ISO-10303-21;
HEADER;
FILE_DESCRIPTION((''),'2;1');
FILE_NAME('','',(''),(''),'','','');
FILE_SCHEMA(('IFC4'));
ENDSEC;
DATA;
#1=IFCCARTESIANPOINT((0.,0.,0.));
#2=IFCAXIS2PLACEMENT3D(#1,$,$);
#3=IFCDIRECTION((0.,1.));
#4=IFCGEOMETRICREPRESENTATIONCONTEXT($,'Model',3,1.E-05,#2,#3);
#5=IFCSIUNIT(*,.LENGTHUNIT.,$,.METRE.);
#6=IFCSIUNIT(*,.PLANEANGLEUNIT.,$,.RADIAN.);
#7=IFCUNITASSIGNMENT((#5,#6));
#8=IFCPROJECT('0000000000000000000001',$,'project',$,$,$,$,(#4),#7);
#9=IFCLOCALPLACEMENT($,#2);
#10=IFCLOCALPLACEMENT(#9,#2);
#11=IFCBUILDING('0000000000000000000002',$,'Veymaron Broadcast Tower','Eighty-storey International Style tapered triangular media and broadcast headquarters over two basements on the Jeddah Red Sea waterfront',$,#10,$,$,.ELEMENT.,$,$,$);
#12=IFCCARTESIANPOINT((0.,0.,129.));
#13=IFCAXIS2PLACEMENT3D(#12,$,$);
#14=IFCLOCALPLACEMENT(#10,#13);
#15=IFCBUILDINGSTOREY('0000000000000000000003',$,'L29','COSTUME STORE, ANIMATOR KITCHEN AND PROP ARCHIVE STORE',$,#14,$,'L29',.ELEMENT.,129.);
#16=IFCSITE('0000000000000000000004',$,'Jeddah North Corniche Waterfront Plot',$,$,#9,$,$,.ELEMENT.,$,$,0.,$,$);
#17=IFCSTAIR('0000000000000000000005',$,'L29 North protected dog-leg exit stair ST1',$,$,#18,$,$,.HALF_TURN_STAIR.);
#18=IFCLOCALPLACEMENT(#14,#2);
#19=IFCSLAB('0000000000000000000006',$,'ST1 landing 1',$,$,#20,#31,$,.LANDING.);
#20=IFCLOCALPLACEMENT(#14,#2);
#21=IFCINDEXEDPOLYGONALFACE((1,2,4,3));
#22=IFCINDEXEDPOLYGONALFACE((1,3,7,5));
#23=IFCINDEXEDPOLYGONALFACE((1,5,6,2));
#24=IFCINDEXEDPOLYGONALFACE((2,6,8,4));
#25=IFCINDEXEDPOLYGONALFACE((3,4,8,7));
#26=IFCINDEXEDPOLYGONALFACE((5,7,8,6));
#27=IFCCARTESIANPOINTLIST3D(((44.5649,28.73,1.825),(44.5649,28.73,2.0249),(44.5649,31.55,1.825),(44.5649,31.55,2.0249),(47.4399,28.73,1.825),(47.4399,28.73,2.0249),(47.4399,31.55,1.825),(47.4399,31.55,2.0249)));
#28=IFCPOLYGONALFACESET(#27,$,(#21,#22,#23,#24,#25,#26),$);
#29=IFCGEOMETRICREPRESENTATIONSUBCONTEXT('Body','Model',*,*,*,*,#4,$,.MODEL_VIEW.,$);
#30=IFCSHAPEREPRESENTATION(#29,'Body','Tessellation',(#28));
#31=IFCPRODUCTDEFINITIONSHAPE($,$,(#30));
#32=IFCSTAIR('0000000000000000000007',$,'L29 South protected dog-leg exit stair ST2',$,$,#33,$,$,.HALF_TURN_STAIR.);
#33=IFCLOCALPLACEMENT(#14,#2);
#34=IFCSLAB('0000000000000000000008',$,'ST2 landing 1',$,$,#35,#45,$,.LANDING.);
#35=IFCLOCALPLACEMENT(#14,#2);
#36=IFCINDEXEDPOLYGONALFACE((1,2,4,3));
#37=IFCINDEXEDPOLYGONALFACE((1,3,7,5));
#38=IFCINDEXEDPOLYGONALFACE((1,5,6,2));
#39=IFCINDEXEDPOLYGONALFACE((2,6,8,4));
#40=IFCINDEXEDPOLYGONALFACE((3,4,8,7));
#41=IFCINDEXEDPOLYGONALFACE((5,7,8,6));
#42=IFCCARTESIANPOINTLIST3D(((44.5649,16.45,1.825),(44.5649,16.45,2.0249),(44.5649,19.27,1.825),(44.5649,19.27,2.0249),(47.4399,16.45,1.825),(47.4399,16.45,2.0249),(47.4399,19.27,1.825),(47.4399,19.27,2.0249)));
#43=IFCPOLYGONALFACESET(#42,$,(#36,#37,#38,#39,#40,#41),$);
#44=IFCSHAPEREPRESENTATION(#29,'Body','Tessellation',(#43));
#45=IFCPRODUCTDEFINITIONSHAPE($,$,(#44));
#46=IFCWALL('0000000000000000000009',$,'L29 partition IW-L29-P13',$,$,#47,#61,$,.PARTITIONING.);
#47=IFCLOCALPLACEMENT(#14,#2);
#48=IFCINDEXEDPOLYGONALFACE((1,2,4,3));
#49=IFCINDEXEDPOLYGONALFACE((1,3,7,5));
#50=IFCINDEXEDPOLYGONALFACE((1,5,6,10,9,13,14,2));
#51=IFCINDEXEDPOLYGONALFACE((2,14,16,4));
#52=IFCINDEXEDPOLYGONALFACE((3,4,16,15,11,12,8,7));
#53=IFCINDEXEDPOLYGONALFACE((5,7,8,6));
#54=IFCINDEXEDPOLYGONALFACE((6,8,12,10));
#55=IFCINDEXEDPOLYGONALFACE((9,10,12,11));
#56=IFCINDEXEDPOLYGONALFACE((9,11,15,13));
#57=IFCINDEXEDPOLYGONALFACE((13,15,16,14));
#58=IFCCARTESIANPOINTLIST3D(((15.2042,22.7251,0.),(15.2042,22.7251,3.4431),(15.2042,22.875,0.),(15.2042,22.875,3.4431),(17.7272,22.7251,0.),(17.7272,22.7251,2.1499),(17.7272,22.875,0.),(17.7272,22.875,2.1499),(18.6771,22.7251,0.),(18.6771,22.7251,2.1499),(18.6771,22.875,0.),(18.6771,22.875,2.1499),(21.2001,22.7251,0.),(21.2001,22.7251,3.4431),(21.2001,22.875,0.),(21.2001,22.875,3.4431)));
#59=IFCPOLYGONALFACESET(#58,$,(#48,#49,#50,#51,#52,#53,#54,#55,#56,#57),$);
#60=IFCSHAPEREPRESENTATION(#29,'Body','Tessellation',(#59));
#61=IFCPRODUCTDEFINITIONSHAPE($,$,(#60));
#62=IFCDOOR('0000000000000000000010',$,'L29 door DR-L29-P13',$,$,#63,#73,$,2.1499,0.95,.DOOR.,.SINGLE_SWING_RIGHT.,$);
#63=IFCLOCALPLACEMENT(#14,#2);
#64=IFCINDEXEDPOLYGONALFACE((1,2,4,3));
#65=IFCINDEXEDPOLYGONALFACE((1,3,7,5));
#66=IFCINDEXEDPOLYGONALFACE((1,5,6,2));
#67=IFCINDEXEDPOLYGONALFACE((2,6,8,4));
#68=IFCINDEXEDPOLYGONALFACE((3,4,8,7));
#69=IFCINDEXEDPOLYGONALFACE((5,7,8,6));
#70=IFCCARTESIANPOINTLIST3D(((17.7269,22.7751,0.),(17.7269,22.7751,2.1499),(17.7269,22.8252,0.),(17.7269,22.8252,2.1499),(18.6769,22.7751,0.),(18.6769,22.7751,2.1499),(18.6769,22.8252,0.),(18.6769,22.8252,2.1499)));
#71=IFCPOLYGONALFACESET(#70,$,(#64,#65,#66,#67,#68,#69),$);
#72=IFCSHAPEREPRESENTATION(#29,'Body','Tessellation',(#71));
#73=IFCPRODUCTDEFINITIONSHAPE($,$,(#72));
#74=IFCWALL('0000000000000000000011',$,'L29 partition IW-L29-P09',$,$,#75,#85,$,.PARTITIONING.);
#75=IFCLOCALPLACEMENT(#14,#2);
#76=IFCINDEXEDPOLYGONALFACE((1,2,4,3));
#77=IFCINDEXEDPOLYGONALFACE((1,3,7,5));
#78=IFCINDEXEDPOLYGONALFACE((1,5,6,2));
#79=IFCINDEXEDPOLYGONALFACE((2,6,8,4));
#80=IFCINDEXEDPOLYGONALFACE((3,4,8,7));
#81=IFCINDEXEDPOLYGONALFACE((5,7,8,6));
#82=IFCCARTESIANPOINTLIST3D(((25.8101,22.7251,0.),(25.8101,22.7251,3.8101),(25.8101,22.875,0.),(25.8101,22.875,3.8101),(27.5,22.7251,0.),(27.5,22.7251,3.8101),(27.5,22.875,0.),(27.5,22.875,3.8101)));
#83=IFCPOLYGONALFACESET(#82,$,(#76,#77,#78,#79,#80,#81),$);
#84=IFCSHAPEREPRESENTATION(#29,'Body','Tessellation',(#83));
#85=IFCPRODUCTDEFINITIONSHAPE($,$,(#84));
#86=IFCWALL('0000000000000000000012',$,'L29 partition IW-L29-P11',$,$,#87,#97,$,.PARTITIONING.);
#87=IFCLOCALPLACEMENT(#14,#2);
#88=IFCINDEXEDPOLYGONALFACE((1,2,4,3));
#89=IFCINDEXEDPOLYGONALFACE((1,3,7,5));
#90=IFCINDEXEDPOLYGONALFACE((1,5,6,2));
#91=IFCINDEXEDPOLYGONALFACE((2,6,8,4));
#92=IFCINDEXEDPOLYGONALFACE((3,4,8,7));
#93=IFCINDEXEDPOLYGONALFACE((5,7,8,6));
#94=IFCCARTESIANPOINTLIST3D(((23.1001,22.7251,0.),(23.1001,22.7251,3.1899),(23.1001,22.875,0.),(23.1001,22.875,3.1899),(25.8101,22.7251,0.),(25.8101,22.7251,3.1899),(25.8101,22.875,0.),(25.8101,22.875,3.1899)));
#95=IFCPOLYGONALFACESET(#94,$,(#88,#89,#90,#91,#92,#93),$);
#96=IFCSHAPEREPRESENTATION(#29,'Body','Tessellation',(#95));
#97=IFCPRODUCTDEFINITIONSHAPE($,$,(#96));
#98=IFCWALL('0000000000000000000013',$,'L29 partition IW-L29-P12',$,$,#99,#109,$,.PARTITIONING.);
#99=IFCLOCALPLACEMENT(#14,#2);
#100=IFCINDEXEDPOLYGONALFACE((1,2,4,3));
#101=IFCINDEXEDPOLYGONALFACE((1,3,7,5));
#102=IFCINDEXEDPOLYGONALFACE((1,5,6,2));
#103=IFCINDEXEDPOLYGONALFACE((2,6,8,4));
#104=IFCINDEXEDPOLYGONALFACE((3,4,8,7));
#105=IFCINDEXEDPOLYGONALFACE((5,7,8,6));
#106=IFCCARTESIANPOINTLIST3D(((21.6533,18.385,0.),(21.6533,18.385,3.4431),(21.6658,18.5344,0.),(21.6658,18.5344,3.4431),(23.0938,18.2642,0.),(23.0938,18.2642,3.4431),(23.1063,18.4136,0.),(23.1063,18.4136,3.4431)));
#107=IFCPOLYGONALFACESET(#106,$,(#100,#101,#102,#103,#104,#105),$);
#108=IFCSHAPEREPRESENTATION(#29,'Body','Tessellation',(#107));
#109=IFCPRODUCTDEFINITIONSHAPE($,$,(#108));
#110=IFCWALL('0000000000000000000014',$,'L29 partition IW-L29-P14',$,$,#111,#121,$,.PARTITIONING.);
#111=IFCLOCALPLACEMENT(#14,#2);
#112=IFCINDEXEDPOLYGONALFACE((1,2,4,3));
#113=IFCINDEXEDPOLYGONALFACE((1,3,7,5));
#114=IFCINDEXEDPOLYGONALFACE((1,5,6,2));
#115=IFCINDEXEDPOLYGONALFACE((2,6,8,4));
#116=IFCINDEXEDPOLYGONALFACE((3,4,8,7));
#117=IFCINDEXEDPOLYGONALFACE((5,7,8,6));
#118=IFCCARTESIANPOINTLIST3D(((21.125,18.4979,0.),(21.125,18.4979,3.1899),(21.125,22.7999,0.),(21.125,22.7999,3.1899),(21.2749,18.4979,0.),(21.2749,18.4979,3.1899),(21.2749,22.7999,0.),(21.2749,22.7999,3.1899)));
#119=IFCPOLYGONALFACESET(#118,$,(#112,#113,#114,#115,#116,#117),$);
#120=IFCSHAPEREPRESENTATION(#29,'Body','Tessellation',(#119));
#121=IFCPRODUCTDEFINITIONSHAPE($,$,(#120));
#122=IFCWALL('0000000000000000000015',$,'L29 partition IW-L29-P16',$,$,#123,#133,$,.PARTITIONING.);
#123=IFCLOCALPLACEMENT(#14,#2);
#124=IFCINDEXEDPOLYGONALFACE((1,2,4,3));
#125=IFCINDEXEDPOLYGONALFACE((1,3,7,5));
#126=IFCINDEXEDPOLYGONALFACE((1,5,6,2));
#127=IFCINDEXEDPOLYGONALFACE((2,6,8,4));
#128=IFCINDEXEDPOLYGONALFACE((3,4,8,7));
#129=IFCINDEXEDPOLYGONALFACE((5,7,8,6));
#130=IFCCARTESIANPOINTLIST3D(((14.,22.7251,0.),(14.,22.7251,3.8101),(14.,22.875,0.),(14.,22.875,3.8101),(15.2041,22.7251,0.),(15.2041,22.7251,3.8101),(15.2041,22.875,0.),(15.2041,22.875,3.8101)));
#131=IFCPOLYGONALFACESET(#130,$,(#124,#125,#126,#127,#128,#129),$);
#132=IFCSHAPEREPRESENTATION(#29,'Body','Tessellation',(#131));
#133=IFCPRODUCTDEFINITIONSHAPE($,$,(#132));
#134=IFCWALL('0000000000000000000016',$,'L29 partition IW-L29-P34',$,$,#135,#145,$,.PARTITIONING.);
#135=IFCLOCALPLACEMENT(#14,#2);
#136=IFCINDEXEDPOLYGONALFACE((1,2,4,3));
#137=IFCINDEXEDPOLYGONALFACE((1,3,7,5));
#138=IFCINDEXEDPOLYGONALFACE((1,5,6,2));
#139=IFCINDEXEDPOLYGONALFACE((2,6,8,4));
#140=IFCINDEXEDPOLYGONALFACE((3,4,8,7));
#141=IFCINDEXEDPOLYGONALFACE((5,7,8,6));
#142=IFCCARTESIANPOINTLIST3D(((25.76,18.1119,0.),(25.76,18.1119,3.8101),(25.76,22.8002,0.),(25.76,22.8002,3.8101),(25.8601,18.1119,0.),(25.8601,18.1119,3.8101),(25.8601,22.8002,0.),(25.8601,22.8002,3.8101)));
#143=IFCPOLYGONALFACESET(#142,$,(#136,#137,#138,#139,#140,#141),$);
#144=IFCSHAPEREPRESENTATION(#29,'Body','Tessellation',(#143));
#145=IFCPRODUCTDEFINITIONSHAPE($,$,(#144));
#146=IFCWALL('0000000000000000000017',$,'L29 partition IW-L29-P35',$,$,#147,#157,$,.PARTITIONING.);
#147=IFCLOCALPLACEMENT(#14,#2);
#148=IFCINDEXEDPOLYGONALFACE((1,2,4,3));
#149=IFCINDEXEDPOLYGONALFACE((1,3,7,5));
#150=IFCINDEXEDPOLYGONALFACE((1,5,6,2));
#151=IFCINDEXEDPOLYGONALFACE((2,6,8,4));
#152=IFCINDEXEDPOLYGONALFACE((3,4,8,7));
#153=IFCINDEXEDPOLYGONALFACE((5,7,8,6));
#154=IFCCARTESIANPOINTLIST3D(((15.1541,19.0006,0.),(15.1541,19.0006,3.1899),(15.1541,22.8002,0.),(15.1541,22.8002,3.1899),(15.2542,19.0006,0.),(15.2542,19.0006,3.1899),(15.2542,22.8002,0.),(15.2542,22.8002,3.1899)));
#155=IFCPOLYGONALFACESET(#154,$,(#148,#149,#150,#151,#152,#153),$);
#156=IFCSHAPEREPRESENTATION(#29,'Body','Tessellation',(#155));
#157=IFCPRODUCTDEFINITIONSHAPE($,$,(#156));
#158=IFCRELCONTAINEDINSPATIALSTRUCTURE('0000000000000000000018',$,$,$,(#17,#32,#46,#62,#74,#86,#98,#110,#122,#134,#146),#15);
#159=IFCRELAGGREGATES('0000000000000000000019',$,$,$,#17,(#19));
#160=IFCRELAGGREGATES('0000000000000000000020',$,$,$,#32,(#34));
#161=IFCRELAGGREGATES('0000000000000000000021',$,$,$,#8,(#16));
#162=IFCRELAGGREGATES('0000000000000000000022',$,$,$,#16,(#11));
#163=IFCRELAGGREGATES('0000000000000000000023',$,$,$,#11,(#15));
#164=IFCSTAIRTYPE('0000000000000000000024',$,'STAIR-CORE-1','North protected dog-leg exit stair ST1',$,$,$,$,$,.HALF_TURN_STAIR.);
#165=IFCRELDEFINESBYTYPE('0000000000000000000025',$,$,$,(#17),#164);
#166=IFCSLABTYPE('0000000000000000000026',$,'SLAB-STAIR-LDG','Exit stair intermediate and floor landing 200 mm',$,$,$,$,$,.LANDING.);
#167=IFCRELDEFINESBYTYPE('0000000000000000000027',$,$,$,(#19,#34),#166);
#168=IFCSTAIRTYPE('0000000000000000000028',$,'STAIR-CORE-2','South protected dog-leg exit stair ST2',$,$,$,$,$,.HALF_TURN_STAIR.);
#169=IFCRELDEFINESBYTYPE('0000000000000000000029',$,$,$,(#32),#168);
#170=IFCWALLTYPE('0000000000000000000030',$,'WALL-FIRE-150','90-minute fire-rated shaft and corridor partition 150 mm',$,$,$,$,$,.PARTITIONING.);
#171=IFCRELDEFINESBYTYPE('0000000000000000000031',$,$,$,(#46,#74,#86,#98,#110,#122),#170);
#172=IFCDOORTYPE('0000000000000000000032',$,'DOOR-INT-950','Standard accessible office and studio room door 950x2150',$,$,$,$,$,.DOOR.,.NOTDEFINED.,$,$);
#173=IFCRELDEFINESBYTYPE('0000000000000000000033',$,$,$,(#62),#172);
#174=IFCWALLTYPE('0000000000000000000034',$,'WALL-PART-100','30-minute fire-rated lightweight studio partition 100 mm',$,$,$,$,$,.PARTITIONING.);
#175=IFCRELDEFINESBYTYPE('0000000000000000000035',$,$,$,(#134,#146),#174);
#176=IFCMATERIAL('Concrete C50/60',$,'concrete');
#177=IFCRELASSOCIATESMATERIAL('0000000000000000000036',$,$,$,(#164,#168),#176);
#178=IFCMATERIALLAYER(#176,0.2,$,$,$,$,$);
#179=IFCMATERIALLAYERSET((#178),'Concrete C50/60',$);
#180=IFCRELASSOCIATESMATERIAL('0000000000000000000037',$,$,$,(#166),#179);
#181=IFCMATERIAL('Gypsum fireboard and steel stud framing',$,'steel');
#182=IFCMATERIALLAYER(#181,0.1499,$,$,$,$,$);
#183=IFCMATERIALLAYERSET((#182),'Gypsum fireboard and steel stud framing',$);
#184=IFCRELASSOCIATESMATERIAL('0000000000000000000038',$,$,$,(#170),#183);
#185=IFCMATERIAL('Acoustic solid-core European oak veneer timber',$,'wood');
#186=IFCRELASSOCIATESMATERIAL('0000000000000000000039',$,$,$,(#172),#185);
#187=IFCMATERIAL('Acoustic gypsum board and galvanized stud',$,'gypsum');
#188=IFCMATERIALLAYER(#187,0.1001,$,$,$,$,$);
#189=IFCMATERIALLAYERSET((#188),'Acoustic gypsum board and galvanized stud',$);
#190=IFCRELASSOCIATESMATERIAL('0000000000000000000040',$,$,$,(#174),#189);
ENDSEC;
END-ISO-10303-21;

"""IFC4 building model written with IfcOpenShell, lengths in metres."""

from ifc_helpers import new_model, si_unit, direction, frame, frame_2d, origin, place, context, subcontext, project, spatial, polyline, rectangle, outline, extrude, material, layer, layer_set, type_object, element, fill, aggregate, save


model = new_model("IFC4")

# Units and contexts
model_context = context("Model", 3, precision=1e-05, world=origin(), true_north=direction((0.0, 1.0)))
body_context = subcontext(model_context, "Body", "Model", "MODEL_VIEW")
ifc_project = project(units=[si_unit("LENGTHUNIT", "METRE"), si_unit("PLANEANGLEUNIT", "RADIAN")], contexts=[model_context])

# Site, building, storey
site_placement = place(None, origin())
site = spatial("IfcSite", under=ifc_project, at=site_placement, Name="Jeddah North Corniche Waterfront Plot", CompositionType="ELEMENT", RefElevation=0.0)
building_placement = place(site_placement, origin())
building = spatial("IfcBuilding", under=site, at=building_placement, Name="Veymaron Broadcast Tower", Description="Eighty-storey International Style tapered triangular media and broadcast headquarters over two basements on the Jeddah Red Sea waterfront", CompositionType="ELEMENT")
storey_placement = place(building_placement, frame((0.0, 0.0, 129.0)))
storey = spatial("IfcBuildingStorey", under=building, at=storey_placement, Name="L29", Description="COSTUME STORE, ANIMATOR KITCHEN AND PROP ARCHIVE STORE", LongName="L29", CompositionType="ELEMENT", Elevation=129.0)

# Stairs, slabs
ifc_material_1 = material(Name="Concrete C50/60", Category="concrete")
stair_type_1 = type_object("IfcStairType", Name="STAIR-CORE-1", Description="North protected dog-leg exit stair ST1", PredefinedType="HALF_TURN_STAIR", material=ifc_material_1)
stair_1_placement = place(storey_placement, origin())
stair_1 = element("IfcStair", 1, at=stair_1_placement, inside=storey, type_object=stair_type_1, Name="L29 North protected dog-leg exit stair ST1", PredefinedType="HALF_TURN_STAIR")
ifc_layer_1 = layer(ifc_material_1, 0.2)
ifc_layer_set_1 = layer_set([ifc_layer_1], Name="Concrete C50/60")
slab_type_1 = type_object("IfcSlabType", Name="SLAB-STAIR-LDG", Description="Exit stair intermediate and floor landing 200 mm", PredefinedType="LANDING", material=ifc_layer_set_1)
slab_1_placement = place(storey_placement, frame((0.0, 0.0, 1.825)))
slab_1 = element("IfcSlab", 2, at=slab_1_placement, type_object=slab_type_1, Name="ST1 landing 1", PredefinedType="LANDING", context=body_context, shape_type="SweptSolid", body=[
    extrude(outline(polyline([(44.5649, 28.73), (47.4399, 28.73), (47.4399, 31.55), (44.5649, 31.55), (44.5649, 28.73)])), origin(), (0.0, 0.0, 1.0), 0.2),
])
aggregate(stair_1, [slab_1])
stair_type_2 = type_object("IfcStairType", Name="STAIR-CORE-2", Description="South protected dog-leg exit stair ST2", PredefinedType="HALF_TURN_STAIR", material=ifc_material_1)
stair_2_placement = place(storey_placement, origin())
stair_2 = element("IfcStair", 3, at=stair_2_placement, inside=storey, type_object=stair_type_2, Name="L29 South protected dog-leg exit stair ST2", PredefinedType="HALF_TURN_STAIR")
slab_2_placement = place(storey_placement, frame((0.0, 0.0, 1.825)))
slab_2 = element("IfcSlab", 4, at=slab_2_placement, type_object=slab_type_1, Name="ST2 landing 1", PredefinedType="LANDING", context=body_context, shape_type="SweptSolid", body=[
    extrude(outline(polyline([(44.5649, 16.45), (47.4399, 16.45), (47.4399, 19.27), (44.5649, 19.27), (44.5649, 16.45)])), origin(), (0.0, 0.0, 1.0), 0.2),
])
aggregate(stair_2, [slab_2])

# Wall, opening, door
ifc_material_2 = material(Name="Gypsum fireboard and steel stud framing", Category="steel")
ifc_layer_2 = layer(ifc_material_2, 0.1499)
ifc_layer_set_2 = layer_set([ifc_layer_2], Name="Gypsum fireboard and steel stud framing")
wall_type_1 = type_object("IfcWallType", Name="WALL-FIRE-150", Description="90-minute fire-rated shaft and corridor partition 150 mm", PredefinedType="PARTITIONING", material=ifc_layer_set_2)
ifc_material_3 = material(Name="Acoustic solid-core European oak veneer timber", Category="wood")
door_type = type_object("IfcDoorType", Name="DOOR-INT-950", Description="Standard accessible office and studio room door 950x2150", OperationType="NOTDEFINED", PredefinedType="DOOR", material=ifc_material_3)
wall_1_placement = place(storey_placement, frame((15.2041, 22.8, 0.0), z_axis=(0.0, 0.0, 1.0), x_axis=(1.0, 0.0, 0.0)))
wall_1 = element("IfcWall", 5, at=wall_1_placement, inside=storey, type_object=wall_type_1, Name="L29 partition IW-L29-P13", PredefinedType="PARTITIONING", context=body_context, shape_type="SweptSolid", body=[
    extrude(rectangle(XDim=5.9958, YDim=0.1499, at=frame_2d((2.998, 0.0))), origin(), (0.0, 0.0, 1.0), 3.4431),
])
opening_1_placement = place(wall_1_placement, frame((2.5229, 0.0, 0.0)))
opening_1 = element("IfcOpeningElement", 6, at=opening_1_placement, cuts=wall_1, PredefinedType="OPENING", context=body_context, shape_type="SweptSolid", body=[
    extrude(rectangle(XDim=0.95, YDim=2.1499, at=frame_2d((0.4751, 1.075))), frame((0.0, 0.085, 0.0), z_axis=(0.0, -1.0, 0.0), x_axis=(1.0, 0.0, 0.0)), (0.0, 0.0, 1.0), 0.1699),
])
door_1_placement = place(opening_1_placement, frame((0.95, 0.0, 0.0), z_axis=(0.0, 0.0, 1.0), x_axis=(-1.0, 0.0, 0.0)))
door_1 = element("IfcDoor", 7, at=door_1_placement, inside=storey, type_object=door_type, Name="L29 door DR-L29-P13", OperationType="SINGLE_SWING_RIGHT", OverallHeight=2.1499, OverallWidth=0.95, PredefinedType="DOOR", context=body_context, shape_type="SweptSolid", body=[
    extrude(rectangle(XDim=0.95, YDim=2.1499, at=frame_2d((0.4751, 1.075))), frame((0.0, 0.0249, 0.0), z_axis=(0.0, -1.0, 0.0), x_axis=(1.0, 0.0, 0.0)), (0.0, 0.0, 1.0), 0.05),
])
fill(opening_1, door_1)

# Walls
wall_2_placement = place(storey_placement, frame((25.8101, 22.8, 0.0), z_axis=(0.0, 0.0, 1.0), x_axis=(1.0, 0.0, 0.0)))
element("IfcWall", 8, at=wall_2_placement, inside=storey, type_object=wall_type_1, Name="L29 partition IW-L29-P09", PredefinedType="PARTITIONING", context=body_context, shape_type="SweptSolid", body=[
    extrude(rectangle(XDim=1.6899, YDim=0.1499, at=frame_2d((0.845, 0.0))), origin(), (0.0, 0.0, 1.0), 3.8101),
])
wall_3_placement = place(storey_placement, frame((23.1001, 22.8, 0.0), z_axis=(0.0, 0.0, 1.0), x_axis=(1.0, 0.0, 0.0)))
element("IfcWall", 9, at=wall_3_placement, inside=storey, type_object=wall_type_1, Name="L29 partition IW-L29-P11", PredefinedType="PARTITIONING", context=body_context, shape_type="SweptSolid", body=[
    extrude(rectangle(XDim=2.71, YDim=0.1499, at=frame_2d((1.355, 0.0))), origin(), (0.0, 0.0, 1.0), 3.1899),
])
wall_4_placement = place(storey_placement, frame((21.6597, 18.4597, 0.0), z_axis=(0.0, 0.0, 1.0), x_axis=(0.996499, -0.083605, 0.0)))
element("IfcWall", 10, at=wall_4_placement, inside=storey, type_object=wall_type_1, Name="L29 partition IW-L29-P12", PredefinedType="PARTITIONING", context=body_context, shape_type="SweptSolid", body=[
    extrude(rectangle(XDim=1.4456, YDim=0.1499, at=frame_2d((0.7227, 0.0))), origin(), (0.0, 0.0, 1.0), 3.4431),
])
wall_5_placement = place(storey_placement, frame((21.2, 18.498, 0.0), z_axis=(0.0, 0.0, 1.0), x_axis=(0.0, 1.0, 0.0)))
element("IfcWall", 11, at=wall_5_placement, inside=storey, type_object=wall_type_1, Name="L29 partition IW-L29-P14", PredefinedType="PARTITIONING", context=body_context, shape_type="SweptSolid", body=[
    extrude(rectangle(XDim=4.302, YDim=0.1499, at=frame_2d((2.1509, 0.0))), origin(), (0.0, 0.0, 1.0), 3.1899),
])
wall_6_placement = place(storey_placement, frame((14.0, 22.8, 0.0), z_axis=(0.0, 0.0, 1.0), x_axis=(1.0, 0.0, 0.0)))
element("IfcWall", 12, at=wall_6_placement, inside=storey, type_object=wall_type_1, Name="L29 partition IW-L29-P16", PredefinedType="PARTITIONING", context=body_context, shape_type="SweptSolid", body=[
    extrude(rectangle(XDim=1.2041, YDim=0.1499, at=frame_2d((0.6021, 0.0))), origin(), (0.0, 0.0, 1.0), 3.8101),
])
ifc_material_4 = material(Name="Acoustic gypsum board and galvanized stud", Category="gypsum")
ifc_layer_3 = layer(ifc_material_4, 0.1001)
ifc_layer_set_3 = layer_set([ifc_layer_3], Name="Acoustic gypsum board and galvanized stud")
wall_type_2 = type_object("IfcWallType", Name="WALL-PART-100", Description="30-minute fire-rated lightweight studio partition 100 mm", PredefinedType="PARTITIONING", material=ifc_layer_set_3)
wall_7_placement = place(storey_placement, frame((25.8101, 18.1118, 0.0), z_axis=(0.0, 0.0, 1.0), x_axis=(0.0, 1.0, 0.0)))
element("IfcWall", 13, at=wall_7_placement, inside=storey, type_object=wall_type_2, Name="L29 partition IW-L29-P34", PredefinedType="PARTITIONING", context=body_context, shape_type="SweptSolid", body=[
    extrude(rectangle(XDim=4.6882, YDim=0.1001, at=frame_2d((2.3442, 0.0))), origin(), (0.0, 0.0, 1.0), 3.8101),
])
wall_8_placement = place(storey_placement, frame((15.2041, 19.0005, 0.0), z_axis=(0.0, 0.0, 1.0), x_axis=(0.0, 1.0, 0.0)))
element("IfcWall", 14, at=wall_8_placement, inside=storey, type_object=wall_type_2, Name="L29 partition IW-L29-P35", PredefinedType="PARTITIONING", context=body_context, shape_type="SweptSolid", body=[
    extrude(rectangle(XDim=3.7996, YDim=0.1001, at=frame_2d((1.8999, 0.0))), origin(), (0.0, 0.0, 1.0), 3.1899),
])

save(model, "model.ifc")
